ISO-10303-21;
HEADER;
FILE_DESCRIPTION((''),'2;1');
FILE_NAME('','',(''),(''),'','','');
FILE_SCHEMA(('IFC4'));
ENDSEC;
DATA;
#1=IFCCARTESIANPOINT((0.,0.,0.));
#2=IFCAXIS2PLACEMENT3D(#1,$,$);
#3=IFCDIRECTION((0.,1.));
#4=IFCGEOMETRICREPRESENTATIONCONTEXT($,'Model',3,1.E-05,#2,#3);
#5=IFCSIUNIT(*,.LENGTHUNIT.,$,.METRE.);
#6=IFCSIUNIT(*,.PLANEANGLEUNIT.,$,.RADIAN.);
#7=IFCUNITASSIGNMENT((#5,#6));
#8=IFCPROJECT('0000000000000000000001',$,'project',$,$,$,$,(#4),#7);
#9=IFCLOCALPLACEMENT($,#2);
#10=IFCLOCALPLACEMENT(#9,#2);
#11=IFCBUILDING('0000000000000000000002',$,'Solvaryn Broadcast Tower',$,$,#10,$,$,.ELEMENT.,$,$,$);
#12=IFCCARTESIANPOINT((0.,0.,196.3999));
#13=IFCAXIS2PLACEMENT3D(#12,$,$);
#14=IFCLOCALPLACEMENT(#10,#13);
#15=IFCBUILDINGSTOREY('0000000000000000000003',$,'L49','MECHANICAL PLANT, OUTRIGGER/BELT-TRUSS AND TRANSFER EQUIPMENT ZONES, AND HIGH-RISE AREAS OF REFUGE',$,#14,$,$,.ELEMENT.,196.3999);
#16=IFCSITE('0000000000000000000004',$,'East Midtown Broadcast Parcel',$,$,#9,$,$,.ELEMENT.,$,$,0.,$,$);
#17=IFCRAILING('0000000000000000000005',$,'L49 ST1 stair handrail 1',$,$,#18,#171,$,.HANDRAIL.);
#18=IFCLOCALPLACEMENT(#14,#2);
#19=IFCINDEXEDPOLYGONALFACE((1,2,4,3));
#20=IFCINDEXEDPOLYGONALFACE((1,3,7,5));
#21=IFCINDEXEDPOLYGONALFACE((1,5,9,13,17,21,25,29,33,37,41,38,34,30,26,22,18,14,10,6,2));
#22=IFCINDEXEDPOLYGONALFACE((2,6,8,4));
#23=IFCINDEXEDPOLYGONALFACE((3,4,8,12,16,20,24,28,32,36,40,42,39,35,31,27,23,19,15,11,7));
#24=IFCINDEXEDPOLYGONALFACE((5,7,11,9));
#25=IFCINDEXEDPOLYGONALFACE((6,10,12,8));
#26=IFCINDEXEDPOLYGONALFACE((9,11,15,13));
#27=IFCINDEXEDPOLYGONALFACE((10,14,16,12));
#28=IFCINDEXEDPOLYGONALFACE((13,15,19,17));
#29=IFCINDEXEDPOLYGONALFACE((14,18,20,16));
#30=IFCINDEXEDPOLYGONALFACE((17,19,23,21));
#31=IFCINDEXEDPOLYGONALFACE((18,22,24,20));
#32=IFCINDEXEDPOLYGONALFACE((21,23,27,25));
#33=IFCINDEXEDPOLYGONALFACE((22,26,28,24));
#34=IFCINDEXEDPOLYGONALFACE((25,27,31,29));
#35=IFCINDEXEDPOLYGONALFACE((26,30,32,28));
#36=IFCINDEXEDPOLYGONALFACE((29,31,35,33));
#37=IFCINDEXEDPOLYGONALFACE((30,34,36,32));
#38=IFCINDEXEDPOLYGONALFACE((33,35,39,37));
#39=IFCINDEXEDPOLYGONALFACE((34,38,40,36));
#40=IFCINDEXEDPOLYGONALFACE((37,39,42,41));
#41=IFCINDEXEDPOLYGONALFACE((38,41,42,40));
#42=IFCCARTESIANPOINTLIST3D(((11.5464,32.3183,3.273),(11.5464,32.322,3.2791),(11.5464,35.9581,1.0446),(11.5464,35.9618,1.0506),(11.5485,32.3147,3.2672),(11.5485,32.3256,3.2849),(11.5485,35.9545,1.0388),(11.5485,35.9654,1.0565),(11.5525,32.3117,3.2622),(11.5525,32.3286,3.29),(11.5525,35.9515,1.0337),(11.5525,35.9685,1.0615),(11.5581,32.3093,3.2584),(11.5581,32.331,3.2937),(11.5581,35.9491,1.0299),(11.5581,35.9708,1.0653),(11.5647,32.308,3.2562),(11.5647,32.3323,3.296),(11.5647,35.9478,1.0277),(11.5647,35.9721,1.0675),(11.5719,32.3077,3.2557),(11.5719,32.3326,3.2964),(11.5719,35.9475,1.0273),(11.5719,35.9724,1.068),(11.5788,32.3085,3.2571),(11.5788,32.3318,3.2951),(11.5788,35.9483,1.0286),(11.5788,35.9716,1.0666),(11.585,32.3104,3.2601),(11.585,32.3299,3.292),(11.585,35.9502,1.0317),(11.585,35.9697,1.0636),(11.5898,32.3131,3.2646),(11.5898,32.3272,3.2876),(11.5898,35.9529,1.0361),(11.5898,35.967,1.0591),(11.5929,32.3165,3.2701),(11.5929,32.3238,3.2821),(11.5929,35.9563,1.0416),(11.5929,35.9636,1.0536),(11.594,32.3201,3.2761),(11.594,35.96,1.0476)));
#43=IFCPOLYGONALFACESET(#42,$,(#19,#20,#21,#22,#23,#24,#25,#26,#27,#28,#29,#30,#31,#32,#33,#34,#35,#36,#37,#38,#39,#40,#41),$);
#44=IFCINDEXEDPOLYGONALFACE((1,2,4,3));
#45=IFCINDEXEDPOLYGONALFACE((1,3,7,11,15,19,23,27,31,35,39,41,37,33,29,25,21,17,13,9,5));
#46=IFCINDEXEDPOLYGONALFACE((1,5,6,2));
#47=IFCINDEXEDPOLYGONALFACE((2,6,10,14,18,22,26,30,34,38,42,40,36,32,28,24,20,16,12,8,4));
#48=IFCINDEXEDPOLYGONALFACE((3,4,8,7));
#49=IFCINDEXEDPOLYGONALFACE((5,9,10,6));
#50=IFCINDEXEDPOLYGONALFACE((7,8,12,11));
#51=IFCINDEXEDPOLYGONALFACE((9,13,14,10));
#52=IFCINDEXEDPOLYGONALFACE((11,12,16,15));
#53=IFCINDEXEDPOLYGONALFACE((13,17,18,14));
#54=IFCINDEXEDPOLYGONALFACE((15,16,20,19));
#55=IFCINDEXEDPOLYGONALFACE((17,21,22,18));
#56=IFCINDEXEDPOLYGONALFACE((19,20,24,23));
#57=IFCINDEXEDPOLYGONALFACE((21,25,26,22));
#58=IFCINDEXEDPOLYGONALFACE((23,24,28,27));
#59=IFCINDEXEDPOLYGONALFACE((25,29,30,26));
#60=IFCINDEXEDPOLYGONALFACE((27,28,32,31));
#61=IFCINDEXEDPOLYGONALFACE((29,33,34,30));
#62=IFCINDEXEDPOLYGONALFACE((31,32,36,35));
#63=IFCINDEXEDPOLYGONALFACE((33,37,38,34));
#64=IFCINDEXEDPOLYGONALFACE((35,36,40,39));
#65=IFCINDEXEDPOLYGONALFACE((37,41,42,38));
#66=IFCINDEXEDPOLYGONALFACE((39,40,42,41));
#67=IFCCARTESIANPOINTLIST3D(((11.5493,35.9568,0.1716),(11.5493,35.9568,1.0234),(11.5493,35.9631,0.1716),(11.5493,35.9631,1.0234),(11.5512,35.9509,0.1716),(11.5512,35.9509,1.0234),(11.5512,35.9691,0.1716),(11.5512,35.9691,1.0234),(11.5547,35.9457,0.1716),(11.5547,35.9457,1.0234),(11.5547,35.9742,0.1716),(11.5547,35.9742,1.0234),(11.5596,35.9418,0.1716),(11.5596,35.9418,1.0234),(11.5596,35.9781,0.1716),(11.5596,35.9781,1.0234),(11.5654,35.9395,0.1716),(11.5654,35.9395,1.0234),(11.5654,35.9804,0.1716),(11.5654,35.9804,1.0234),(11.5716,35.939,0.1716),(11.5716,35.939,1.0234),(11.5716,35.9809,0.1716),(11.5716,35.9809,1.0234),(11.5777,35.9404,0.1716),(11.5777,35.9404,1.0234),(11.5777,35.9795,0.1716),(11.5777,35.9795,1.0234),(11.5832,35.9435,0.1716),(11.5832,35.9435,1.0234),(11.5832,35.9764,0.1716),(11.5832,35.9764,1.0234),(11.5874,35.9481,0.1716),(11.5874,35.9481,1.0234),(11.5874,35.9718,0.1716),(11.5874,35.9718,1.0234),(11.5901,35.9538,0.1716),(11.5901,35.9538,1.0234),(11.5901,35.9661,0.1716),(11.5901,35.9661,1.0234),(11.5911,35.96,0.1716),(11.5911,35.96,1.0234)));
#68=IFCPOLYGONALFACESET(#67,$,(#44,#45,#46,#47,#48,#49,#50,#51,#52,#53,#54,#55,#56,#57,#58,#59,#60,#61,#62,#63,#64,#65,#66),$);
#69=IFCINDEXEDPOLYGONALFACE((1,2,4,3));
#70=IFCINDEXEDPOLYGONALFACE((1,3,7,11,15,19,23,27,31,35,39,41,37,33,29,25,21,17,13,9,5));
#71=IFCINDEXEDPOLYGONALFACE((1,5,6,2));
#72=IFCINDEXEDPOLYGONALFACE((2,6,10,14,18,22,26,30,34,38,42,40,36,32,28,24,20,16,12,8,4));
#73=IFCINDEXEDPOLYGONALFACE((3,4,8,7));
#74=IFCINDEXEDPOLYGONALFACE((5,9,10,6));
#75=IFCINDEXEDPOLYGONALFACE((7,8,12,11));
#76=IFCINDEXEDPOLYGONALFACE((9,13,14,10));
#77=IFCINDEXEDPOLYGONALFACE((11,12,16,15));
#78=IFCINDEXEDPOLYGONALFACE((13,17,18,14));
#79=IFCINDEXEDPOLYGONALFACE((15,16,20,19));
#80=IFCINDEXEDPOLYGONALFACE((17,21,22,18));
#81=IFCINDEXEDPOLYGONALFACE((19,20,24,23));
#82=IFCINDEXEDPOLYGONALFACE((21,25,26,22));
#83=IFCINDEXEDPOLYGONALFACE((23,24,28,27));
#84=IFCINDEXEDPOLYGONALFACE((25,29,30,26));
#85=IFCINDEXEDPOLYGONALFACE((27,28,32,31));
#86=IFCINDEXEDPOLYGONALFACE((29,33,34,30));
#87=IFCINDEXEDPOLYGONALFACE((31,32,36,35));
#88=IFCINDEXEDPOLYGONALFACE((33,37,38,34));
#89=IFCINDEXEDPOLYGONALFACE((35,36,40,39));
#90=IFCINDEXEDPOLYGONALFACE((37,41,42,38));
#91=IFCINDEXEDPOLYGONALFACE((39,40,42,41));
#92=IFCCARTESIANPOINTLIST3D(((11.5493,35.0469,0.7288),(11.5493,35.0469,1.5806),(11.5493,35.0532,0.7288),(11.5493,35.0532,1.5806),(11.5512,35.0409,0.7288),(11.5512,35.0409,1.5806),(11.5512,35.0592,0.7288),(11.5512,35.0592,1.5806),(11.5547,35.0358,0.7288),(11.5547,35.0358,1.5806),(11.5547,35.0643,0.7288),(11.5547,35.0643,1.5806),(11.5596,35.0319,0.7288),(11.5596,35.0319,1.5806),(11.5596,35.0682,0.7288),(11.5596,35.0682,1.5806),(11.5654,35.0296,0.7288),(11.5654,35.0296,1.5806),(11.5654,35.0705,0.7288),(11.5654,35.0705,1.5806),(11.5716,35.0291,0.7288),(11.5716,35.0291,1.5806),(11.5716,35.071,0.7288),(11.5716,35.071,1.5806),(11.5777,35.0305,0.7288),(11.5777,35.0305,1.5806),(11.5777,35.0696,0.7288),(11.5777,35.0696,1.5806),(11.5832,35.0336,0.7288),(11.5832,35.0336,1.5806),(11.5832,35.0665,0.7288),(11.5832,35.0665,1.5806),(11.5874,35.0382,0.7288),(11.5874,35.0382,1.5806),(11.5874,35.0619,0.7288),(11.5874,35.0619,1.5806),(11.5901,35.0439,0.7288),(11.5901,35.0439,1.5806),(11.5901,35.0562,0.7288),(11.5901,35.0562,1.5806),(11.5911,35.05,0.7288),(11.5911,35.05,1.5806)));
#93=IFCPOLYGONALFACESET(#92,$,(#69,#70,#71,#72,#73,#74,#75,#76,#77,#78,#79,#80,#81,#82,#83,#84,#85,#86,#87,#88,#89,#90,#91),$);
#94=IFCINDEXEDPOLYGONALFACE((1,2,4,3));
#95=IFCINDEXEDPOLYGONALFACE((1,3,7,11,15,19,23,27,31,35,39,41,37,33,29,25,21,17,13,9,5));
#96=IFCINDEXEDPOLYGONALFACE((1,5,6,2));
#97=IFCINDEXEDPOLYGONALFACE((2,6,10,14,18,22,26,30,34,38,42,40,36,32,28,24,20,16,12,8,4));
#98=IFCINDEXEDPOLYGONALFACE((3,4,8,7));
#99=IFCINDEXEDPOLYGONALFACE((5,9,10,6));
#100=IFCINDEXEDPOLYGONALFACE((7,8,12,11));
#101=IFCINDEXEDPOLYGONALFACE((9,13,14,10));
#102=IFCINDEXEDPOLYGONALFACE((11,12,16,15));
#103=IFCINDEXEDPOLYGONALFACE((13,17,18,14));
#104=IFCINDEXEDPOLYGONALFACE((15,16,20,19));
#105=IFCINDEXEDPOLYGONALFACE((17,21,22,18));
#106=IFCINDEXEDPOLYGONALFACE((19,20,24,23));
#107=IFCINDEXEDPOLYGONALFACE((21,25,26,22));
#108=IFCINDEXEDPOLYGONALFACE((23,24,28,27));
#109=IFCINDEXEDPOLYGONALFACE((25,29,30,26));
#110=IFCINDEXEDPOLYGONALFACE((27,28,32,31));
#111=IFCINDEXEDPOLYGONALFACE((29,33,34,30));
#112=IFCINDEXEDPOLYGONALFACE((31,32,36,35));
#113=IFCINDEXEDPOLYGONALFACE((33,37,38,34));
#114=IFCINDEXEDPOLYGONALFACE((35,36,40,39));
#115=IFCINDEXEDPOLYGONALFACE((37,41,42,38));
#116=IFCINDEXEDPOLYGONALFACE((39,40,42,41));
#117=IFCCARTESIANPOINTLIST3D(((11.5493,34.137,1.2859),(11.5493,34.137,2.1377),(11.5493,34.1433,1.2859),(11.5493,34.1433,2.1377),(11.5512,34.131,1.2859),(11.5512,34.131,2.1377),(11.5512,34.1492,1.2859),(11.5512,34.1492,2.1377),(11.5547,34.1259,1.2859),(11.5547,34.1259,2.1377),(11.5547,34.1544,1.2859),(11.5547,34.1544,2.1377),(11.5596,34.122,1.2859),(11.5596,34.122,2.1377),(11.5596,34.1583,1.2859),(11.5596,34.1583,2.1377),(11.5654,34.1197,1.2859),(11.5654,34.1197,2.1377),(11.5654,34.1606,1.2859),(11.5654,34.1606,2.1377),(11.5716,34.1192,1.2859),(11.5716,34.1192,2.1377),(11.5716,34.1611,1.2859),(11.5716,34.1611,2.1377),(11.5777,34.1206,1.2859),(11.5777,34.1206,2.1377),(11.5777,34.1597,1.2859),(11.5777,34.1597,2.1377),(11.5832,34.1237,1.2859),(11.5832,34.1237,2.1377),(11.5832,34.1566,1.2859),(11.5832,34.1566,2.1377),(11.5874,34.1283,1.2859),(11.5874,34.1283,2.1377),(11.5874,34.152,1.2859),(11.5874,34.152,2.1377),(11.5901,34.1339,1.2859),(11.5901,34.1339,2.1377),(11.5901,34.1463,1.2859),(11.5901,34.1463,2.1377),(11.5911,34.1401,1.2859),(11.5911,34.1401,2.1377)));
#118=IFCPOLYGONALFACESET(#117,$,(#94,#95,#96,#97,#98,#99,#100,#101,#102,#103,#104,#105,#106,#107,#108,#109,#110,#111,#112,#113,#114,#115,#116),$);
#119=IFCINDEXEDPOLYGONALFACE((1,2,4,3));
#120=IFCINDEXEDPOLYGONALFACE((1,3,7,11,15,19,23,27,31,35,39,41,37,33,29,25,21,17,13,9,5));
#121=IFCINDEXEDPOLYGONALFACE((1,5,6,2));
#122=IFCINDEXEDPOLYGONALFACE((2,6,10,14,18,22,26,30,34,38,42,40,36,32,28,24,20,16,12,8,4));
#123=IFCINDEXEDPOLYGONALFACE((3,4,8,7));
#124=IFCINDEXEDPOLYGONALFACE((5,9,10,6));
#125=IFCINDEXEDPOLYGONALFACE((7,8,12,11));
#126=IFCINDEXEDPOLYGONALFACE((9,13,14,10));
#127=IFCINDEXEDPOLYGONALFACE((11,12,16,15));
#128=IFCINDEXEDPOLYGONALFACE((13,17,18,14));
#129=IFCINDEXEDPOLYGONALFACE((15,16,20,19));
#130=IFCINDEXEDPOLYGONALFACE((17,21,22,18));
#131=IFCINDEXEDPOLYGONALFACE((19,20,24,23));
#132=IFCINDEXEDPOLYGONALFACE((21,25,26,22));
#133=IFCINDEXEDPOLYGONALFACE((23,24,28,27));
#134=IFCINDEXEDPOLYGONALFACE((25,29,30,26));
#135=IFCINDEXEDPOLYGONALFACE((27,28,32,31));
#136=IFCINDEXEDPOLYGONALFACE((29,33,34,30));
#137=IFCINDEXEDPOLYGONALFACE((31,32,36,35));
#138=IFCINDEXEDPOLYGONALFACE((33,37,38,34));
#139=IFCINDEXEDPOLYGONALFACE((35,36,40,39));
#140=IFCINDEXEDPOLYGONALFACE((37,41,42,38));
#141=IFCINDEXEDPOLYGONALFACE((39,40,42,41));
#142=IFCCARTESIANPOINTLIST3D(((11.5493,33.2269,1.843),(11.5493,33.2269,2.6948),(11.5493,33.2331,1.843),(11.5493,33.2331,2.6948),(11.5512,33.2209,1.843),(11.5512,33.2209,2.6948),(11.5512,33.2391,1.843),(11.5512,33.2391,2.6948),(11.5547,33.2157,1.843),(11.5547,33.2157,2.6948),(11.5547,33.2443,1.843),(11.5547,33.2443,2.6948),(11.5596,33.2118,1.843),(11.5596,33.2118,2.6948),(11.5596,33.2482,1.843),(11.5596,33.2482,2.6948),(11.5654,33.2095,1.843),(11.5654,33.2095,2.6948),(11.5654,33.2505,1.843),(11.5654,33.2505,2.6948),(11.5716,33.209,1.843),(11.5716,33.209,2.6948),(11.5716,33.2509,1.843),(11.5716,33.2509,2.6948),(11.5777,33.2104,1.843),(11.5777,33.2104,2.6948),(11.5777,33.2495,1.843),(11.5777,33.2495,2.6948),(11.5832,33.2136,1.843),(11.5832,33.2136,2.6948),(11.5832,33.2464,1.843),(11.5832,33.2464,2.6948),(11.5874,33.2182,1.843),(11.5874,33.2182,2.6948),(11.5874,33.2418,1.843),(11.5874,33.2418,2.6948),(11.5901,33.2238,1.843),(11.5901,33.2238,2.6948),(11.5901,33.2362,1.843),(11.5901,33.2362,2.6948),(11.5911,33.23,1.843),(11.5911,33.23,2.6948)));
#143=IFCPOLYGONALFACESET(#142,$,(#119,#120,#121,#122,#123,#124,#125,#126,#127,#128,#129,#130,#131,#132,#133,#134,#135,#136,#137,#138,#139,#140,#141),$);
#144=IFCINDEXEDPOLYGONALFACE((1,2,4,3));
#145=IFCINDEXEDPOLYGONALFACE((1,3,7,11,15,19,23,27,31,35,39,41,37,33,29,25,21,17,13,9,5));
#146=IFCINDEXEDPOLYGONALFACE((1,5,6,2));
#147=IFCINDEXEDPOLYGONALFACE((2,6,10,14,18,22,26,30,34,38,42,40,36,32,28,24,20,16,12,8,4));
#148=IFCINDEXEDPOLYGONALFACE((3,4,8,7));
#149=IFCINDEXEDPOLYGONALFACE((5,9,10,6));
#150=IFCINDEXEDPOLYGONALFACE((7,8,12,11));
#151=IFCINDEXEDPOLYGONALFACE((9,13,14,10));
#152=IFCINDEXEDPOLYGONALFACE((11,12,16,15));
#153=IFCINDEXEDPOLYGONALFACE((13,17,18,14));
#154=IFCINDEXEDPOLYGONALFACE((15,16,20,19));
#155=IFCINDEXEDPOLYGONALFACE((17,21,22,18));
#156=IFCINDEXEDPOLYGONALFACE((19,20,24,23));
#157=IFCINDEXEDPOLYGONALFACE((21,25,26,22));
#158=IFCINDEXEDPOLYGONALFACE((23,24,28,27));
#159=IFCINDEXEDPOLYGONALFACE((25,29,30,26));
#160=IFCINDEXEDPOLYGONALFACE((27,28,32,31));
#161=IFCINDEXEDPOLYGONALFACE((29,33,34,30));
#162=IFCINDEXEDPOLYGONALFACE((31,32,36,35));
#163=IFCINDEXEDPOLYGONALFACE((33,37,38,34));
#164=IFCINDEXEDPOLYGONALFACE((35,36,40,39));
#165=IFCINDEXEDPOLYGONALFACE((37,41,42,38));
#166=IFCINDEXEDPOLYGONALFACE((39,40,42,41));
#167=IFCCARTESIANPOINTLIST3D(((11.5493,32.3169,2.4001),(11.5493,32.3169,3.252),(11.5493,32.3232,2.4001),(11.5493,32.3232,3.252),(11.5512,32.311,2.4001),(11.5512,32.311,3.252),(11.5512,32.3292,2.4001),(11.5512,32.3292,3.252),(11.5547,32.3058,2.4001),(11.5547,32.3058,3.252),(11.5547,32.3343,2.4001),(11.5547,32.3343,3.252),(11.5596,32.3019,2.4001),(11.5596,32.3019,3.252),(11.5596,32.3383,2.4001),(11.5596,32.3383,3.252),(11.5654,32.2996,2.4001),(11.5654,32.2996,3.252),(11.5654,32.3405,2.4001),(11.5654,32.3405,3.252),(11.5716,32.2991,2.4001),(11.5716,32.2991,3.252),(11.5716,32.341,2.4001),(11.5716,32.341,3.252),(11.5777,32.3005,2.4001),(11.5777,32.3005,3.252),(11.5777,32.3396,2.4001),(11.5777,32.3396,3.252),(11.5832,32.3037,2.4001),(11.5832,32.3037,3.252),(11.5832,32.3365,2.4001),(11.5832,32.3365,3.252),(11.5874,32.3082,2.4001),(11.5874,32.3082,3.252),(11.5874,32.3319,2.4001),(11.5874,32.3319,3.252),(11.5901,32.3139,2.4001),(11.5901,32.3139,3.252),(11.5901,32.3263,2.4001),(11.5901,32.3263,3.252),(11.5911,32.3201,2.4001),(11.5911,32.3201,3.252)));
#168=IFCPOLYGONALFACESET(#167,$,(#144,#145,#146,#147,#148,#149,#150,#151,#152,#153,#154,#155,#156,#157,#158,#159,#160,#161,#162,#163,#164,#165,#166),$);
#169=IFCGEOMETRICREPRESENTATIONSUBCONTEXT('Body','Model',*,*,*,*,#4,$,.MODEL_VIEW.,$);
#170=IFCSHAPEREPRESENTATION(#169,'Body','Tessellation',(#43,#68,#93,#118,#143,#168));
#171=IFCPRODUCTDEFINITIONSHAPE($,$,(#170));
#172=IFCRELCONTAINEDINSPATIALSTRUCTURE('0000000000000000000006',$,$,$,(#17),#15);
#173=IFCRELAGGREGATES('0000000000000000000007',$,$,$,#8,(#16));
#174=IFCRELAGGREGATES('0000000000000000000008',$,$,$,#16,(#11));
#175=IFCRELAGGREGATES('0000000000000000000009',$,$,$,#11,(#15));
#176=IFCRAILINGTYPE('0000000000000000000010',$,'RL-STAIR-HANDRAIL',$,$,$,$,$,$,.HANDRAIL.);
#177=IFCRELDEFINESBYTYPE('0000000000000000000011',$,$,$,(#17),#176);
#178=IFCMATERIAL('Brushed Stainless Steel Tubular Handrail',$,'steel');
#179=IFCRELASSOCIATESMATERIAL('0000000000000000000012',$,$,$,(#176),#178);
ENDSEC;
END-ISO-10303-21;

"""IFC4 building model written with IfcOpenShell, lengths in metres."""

from ifc_helpers import new_model, si_unit, direction, frame, origin, origin_2d, place, context, subcontext, project, spatial, circle, extrude, material, type_object, element, save


model = new_model("IFC4")

# Units and contexts
model_context = context("Model", 3, precision=1e-05, world=origin(), true_north=direction((0.0, 1.0)))
body_context = subcontext(model_context, "Body", "Model", "MODEL_VIEW")
ifc_project = project(units=[si_unit("LENGTHUNIT", "METRE"), si_unit("PLANEANGLEUNIT", "RADIAN")], contexts=[model_context])

# Site, building, storey
site_placement = place(None, origin())
site = spatial("IfcSite", under=ifc_project, at=site_placement, Name="East Midtown Broadcast Parcel", CompositionType="ELEMENT", RefElevation=0.0)
building_placement = place(site_placement, origin())
building = spatial("IfcBuilding", under=site, at=building_placement, Name="Solvaryn Broadcast Tower", CompositionType="ELEMENT")
storey_placement = place(building_placement, frame((0.0, 0.0, 196.3999)))
storey = spatial("IfcBuildingStorey", under=building, at=storey_placement, Name="L49", Description="MECHANICAL PLANT, OUTRIGGER/BELT-TRUSS AND TRANSFER EQUIPMENT ZONES, AND HIGH-RISE AREAS OF REFUGE", CompositionType="ELEMENT", Elevation=196.3999)

# Railing
ifc_material_1 = material(Name="Brushed Stainless Steel Tubular Handrail", Category="steel")
railing_type_1 = type_object("IfcRailingType", Name="RL-STAIR-HANDRAIL", PredefinedType="HANDRAIL", material=ifc_material_1)
railing_1_placement = place(storey_placement, frame((11.5701, 35.96, 0.1716)))
element("IfcRailing", 1, at=railing_1_placement, inside=storey, type_object=railing_type_1, Name="L49 ST1 stair handrail 1", PredefinedType="HANDRAIL", context=body_context, shape_type="SweptSolid", body=[
    extrude(circle(Radius=0.0239, at=origin_2d()), frame((0.0, 0.0, 0.876), z_axis=(0.0, -0.85285, 0.522156), x_axis=(1.0, 0.0, 0.0)), (0.0, 0.0, 1.0), 4.2678),
    extrude(circle(Radius=0.021, at=origin_2d()), origin(), (0.0, 0.0, 1.0), 0.8518),
    extrude(circle(Radius=0.021, at=origin_2d()), frame((0.0, -0.9099, 0.5571)), (0.0, 0.0, 1.0), 0.8518),
    extrude(circle(Radius=0.021, at=origin_2d()), frame((0.0, -1.8198, 1.1143)), (0.0, 0.0, 1.0), 0.8518),
    extrude(circle(Radius=0.021, at=origin_2d()), frame((0.0, -2.73, 1.6714)), (0.0, 0.0, 1.0), 0.8518),
    extrude(circle(Radius=0.021, at=origin_2d()), frame((0.0, -3.6399, 2.2285)), (0.0, 0.0, 1.0), 0.8518),
])

save(model, "model.ifc")
